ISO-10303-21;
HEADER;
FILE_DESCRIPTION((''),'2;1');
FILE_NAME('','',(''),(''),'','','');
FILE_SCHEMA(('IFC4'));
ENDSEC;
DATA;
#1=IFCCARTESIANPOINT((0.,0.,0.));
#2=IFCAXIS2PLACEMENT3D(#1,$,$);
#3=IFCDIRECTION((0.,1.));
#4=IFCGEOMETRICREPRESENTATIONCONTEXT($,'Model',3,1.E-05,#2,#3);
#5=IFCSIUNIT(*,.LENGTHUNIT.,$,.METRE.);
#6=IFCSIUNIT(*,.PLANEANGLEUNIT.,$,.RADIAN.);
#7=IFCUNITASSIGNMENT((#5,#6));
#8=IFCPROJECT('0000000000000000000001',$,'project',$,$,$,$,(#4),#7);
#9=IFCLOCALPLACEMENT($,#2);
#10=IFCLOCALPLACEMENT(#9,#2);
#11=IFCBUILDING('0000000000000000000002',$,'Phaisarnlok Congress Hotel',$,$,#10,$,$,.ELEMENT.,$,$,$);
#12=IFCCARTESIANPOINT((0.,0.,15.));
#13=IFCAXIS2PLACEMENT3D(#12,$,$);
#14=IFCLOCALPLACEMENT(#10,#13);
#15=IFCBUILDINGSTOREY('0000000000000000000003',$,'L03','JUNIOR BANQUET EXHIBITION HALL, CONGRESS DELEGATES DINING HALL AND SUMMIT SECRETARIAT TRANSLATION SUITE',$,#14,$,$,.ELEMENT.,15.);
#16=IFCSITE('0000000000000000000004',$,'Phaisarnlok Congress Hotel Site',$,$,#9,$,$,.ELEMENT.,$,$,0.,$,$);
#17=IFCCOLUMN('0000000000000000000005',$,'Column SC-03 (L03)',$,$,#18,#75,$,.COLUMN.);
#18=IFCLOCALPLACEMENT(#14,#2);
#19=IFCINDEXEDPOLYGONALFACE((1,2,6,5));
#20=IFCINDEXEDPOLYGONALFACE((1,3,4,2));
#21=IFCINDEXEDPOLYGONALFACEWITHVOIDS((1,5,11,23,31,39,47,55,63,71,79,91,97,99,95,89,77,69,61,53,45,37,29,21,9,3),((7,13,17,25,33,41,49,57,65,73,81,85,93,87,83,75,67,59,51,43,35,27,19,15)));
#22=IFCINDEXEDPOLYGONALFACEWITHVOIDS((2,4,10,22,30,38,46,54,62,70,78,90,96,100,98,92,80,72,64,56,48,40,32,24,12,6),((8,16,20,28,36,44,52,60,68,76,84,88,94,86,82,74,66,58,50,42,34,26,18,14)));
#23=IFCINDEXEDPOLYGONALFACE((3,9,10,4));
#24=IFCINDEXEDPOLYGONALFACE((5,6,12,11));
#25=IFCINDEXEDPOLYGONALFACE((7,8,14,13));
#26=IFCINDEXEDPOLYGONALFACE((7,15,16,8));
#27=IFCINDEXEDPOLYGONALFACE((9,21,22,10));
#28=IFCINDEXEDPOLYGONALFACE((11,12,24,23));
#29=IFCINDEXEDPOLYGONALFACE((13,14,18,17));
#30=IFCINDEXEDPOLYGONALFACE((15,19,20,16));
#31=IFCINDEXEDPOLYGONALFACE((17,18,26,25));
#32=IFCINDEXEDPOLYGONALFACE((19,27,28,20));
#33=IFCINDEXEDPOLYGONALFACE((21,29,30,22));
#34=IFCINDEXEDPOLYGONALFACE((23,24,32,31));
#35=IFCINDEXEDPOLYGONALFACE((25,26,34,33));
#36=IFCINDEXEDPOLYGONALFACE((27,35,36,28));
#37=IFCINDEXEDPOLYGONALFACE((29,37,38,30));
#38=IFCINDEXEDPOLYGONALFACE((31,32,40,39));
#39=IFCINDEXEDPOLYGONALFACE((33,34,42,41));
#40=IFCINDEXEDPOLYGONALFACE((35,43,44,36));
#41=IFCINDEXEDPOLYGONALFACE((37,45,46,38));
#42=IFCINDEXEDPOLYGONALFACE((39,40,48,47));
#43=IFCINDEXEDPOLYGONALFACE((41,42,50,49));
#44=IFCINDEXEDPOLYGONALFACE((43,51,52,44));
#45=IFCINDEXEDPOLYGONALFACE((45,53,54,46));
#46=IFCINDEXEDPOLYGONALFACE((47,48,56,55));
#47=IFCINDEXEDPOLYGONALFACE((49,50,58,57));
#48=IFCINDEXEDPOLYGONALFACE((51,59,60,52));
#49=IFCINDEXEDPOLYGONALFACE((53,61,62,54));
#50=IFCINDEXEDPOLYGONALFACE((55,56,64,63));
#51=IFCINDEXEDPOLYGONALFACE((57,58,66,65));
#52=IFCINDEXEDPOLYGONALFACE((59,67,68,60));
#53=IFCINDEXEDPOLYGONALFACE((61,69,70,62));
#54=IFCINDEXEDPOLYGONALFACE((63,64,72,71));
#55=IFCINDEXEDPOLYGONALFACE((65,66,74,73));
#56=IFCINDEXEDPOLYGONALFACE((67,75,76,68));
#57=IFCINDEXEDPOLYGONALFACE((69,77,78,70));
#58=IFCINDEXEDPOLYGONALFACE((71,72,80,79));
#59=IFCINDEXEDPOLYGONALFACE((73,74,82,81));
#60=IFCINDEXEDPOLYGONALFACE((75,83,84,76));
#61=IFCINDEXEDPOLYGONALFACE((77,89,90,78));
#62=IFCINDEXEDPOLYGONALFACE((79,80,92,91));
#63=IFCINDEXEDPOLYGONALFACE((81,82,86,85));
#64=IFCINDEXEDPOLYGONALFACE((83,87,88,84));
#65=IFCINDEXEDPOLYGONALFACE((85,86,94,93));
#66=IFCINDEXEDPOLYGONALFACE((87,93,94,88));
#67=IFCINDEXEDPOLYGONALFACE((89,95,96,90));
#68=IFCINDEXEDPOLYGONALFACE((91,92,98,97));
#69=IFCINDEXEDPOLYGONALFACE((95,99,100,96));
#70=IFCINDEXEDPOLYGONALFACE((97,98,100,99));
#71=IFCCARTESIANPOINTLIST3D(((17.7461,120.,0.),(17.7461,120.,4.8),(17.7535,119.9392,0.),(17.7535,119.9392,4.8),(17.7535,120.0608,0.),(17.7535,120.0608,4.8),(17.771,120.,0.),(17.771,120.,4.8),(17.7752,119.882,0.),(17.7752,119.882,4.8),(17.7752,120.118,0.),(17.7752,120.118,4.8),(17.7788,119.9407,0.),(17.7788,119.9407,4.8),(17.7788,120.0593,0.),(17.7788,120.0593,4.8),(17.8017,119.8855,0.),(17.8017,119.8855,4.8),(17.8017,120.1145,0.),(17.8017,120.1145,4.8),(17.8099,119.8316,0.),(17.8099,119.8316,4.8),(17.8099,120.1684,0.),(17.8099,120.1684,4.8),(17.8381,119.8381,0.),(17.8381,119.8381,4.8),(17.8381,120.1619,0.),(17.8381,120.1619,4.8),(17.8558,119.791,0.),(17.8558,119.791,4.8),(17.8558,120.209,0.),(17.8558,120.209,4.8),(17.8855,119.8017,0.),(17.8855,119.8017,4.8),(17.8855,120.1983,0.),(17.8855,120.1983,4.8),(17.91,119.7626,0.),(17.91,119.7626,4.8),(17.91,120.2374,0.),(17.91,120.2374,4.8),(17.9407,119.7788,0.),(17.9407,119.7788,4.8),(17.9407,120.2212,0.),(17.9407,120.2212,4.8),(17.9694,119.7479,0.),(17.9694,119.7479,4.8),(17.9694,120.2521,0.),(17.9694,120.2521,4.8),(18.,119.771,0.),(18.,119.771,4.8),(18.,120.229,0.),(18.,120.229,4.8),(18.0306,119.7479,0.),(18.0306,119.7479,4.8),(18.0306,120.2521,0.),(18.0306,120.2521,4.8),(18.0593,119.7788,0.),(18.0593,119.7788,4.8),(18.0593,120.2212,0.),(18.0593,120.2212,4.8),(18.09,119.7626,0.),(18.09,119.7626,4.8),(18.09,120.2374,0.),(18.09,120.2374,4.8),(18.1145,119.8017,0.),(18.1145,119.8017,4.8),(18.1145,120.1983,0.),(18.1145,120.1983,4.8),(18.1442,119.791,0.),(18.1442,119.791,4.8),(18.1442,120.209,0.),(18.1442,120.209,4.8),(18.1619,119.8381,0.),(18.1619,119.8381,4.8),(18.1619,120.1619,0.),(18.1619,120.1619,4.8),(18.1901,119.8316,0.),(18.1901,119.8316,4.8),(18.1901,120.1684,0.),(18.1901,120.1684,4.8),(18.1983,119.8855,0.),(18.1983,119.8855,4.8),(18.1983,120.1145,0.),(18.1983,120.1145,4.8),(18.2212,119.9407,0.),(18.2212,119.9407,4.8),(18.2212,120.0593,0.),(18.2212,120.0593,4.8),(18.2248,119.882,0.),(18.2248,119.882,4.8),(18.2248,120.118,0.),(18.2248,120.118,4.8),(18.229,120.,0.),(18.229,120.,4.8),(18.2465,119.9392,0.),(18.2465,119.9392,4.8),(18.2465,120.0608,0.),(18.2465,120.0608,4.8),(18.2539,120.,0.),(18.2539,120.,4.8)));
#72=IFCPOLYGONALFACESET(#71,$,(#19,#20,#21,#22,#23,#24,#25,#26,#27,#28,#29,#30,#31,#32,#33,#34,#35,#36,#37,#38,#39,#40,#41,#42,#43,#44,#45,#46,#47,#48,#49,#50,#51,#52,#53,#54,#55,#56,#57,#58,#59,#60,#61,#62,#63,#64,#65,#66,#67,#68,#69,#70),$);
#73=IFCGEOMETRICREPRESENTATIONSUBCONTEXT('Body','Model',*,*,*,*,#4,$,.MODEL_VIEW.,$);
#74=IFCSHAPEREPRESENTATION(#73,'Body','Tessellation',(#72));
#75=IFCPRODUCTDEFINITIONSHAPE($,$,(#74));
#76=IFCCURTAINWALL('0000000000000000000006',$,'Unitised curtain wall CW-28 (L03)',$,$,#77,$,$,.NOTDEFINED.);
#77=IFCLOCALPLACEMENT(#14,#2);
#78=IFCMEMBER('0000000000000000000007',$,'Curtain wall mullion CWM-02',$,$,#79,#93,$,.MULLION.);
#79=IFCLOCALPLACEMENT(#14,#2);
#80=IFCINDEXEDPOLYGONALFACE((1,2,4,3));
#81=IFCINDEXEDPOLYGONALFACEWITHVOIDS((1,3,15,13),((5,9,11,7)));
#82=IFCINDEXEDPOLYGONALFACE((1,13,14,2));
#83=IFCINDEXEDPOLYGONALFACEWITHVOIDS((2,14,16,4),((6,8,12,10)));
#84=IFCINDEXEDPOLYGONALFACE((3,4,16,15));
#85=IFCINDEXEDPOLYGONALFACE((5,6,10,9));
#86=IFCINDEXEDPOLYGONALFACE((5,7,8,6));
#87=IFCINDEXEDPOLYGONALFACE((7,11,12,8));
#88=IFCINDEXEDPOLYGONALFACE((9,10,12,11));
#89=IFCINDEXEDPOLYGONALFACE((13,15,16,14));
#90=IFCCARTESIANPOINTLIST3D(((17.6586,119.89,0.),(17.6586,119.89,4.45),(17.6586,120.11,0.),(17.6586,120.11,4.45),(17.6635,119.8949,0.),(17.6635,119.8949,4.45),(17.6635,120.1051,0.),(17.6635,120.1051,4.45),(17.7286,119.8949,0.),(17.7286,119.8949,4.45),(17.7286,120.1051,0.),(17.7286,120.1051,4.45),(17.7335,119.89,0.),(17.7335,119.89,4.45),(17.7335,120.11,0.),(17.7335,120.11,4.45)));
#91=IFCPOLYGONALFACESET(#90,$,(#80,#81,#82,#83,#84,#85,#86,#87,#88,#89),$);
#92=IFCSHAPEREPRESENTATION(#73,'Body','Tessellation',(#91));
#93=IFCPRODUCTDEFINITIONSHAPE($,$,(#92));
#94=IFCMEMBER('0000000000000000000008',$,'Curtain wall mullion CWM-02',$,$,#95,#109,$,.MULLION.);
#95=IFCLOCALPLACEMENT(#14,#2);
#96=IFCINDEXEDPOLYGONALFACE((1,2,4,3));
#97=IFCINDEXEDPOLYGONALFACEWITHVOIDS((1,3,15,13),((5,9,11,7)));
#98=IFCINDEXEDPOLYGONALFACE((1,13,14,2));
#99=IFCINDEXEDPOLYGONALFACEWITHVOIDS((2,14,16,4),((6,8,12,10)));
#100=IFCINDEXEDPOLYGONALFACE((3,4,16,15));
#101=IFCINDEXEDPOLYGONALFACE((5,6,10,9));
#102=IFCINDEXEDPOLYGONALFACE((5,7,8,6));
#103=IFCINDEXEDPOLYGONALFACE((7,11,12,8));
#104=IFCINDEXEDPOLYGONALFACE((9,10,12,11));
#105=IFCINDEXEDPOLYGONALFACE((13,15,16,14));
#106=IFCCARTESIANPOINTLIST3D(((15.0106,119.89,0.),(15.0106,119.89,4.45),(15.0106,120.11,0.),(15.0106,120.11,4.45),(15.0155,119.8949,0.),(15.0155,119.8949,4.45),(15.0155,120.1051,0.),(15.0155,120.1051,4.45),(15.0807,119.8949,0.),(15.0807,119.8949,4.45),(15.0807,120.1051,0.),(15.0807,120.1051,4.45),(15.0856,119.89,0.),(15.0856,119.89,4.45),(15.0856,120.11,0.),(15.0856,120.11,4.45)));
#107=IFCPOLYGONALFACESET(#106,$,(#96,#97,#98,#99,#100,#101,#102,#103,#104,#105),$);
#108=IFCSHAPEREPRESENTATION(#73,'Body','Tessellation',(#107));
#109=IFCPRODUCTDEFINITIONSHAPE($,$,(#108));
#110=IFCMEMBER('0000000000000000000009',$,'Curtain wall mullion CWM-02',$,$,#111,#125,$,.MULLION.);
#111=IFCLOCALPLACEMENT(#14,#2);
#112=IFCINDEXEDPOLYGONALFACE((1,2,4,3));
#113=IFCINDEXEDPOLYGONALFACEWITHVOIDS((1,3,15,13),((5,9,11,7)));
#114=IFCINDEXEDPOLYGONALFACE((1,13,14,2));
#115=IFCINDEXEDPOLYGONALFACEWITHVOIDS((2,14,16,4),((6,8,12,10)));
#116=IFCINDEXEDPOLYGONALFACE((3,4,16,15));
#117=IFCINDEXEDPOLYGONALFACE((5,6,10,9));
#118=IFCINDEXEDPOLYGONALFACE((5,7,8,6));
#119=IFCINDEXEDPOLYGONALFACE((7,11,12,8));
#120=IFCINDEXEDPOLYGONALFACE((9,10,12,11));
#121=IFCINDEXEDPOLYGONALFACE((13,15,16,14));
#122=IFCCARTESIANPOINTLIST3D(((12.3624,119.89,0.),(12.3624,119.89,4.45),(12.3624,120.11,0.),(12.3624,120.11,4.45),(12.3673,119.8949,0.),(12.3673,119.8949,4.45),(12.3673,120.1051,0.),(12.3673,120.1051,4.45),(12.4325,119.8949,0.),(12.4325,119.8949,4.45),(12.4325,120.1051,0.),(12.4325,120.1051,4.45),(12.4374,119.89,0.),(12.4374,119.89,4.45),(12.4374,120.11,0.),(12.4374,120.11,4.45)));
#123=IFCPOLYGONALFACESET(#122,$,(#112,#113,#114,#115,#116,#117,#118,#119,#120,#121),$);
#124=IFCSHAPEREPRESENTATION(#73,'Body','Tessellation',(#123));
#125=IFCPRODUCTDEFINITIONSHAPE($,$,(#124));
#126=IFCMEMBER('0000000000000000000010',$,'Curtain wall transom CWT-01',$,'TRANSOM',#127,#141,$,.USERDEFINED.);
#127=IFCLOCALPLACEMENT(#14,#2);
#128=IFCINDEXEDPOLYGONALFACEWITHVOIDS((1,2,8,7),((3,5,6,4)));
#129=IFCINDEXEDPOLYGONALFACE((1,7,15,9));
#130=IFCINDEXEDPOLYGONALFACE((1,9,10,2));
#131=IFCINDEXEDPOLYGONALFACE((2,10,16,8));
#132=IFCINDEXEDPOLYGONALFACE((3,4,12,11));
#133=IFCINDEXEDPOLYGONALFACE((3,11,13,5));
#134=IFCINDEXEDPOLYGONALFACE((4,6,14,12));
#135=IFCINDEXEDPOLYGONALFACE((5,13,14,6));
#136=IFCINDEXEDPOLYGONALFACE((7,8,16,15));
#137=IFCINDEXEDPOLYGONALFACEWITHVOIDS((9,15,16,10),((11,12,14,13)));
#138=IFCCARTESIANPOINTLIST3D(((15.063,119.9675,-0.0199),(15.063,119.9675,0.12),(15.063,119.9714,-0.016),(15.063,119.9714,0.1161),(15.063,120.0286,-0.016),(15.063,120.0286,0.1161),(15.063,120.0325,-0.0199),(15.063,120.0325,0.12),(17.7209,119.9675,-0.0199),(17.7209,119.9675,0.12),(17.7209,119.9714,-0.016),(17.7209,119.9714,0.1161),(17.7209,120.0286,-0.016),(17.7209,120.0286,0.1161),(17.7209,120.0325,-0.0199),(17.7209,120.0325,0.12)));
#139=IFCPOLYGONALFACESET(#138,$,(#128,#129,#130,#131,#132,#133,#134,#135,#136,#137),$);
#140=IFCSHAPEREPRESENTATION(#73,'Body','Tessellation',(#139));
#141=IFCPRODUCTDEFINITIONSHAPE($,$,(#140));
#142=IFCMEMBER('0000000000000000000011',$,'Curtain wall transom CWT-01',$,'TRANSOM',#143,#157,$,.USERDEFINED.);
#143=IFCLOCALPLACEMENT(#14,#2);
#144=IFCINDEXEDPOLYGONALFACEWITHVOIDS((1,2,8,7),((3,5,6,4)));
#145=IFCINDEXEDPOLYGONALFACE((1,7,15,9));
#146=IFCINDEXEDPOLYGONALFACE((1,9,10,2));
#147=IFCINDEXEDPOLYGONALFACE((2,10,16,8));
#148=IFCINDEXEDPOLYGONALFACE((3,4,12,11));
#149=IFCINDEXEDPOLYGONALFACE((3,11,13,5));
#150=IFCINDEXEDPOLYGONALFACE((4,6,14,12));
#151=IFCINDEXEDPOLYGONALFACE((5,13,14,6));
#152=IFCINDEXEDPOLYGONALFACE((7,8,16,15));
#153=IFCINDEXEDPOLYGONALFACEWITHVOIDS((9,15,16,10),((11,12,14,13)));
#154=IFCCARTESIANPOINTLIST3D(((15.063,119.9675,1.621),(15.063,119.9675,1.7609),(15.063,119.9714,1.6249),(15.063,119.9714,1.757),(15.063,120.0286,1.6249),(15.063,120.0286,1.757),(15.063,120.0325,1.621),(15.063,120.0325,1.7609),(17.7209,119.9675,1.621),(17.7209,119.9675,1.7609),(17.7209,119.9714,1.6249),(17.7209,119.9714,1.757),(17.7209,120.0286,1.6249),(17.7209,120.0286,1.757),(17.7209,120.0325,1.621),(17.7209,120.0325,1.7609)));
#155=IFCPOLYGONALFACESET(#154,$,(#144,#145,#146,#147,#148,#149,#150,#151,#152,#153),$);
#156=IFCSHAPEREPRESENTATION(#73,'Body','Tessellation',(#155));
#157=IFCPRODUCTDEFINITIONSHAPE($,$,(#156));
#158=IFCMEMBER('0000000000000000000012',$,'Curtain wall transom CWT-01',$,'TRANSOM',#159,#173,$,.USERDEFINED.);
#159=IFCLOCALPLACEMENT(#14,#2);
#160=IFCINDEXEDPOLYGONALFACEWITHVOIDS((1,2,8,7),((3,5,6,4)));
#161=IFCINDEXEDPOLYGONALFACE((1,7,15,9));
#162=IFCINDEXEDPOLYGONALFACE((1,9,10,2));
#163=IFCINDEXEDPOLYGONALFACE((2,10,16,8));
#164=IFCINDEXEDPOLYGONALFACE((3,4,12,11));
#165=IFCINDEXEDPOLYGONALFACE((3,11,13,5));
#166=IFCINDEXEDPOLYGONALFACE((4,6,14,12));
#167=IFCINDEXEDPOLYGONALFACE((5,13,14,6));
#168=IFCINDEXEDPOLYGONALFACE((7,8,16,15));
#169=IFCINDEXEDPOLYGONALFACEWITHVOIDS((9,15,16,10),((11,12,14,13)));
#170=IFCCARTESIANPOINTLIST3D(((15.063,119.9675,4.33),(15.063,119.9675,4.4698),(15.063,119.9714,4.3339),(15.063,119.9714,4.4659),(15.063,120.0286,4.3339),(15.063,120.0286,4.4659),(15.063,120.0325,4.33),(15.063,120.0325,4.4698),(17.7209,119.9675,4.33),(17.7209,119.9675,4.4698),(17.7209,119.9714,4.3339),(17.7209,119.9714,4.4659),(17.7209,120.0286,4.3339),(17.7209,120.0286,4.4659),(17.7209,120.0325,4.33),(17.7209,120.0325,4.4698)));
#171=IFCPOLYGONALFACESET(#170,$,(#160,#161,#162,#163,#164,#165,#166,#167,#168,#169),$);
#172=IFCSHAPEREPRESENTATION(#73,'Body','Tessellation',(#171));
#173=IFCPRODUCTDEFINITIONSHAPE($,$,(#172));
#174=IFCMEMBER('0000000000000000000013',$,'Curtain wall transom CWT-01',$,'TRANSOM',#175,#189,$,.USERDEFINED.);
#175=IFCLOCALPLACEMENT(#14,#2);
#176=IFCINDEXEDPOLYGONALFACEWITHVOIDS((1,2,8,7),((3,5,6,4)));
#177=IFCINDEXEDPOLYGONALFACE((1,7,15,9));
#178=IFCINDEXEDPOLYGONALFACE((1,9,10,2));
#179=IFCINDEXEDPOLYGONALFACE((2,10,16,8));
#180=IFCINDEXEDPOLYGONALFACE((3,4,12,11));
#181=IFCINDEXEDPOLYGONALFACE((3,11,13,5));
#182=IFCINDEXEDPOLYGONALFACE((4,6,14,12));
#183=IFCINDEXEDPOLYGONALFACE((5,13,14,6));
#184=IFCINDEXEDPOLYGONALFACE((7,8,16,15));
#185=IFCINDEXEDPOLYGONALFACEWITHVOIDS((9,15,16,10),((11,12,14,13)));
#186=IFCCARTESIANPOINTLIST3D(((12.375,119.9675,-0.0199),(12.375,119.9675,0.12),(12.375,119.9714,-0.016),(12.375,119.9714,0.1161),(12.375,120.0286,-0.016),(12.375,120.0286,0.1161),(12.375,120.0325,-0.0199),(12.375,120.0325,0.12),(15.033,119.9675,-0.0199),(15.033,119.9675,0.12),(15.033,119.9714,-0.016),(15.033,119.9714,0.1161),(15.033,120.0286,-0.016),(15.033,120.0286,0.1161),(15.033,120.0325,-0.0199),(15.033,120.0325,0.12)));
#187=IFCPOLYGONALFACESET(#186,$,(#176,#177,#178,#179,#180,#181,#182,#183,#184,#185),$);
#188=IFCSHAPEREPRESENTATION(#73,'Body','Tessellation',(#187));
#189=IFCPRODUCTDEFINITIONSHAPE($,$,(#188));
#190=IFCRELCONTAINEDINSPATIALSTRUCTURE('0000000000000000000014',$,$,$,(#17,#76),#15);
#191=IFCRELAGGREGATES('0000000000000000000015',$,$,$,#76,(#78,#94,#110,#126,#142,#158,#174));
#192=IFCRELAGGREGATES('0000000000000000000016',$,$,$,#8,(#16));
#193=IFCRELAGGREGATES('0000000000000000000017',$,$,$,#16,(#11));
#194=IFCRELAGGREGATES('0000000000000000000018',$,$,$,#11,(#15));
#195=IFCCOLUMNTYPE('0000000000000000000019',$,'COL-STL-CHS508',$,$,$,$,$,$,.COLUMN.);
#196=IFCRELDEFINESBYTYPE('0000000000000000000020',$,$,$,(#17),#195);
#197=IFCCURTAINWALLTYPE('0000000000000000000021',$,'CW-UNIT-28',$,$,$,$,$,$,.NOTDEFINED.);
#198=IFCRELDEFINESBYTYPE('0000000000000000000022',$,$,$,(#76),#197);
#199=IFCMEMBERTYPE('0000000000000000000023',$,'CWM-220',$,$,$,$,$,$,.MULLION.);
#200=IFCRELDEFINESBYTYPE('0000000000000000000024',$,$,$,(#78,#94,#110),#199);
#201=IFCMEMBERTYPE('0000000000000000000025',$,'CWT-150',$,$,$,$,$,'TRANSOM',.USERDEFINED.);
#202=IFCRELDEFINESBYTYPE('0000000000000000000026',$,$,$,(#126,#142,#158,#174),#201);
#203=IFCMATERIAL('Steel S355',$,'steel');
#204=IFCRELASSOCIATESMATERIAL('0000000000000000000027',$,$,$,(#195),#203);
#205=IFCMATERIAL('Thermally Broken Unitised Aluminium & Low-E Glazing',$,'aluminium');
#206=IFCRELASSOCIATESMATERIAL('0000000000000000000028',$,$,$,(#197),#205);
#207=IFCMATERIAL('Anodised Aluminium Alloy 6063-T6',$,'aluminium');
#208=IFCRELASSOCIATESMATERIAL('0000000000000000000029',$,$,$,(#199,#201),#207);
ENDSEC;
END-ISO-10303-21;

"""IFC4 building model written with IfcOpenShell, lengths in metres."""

from ifc_helpers import new_model, si_unit, direction, frame, origin, origin_2d, place, context, subcontext, project, spatial, hollow_rectangle, hollow_circle, extrude, material, material_profile, profile_set, type_object, element, aggregate, save


model = new_model("IFC4")

# Units and contexts
model_context = context("Model", 3, precision=1e-05, world=origin(), true_north=direction((0.0, 1.0)))
body_context = subcontext(model_context, "Body", "Model", "MODEL_VIEW")
ifc_project = project(units=[si_unit("LENGTHUNIT", "METRE"), si_unit("PLANEANGLEUNIT", "RADIAN")], contexts=[model_context])

# Site, building, storey
site_placement = place(None, origin())
site = spatial("IfcSite", under=ifc_project, at=site_placement, Name="Phaisarnlok Congress Hotel Site", CompositionType="ELEMENT", RefElevation=0.0)
building_placement = place(site_placement, origin())
building = spatial("IfcBuilding", under=site, at=building_placement, Name="Phaisarnlok Congress Hotel", CompositionType="ELEMENT")
storey_placement = place(building_placement, frame((0.0, 0.0, 15.0)))
storey = spatial("IfcBuildingStorey", under=building, at=storey_placement, Name="L03", Description="JUNIOR BANQUET EXHIBITION HALL, CONGRESS DELEGATES DINING HALL AND SUMMIT SECRETARIAT TRANSLATION SUITE", CompositionType="ELEMENT", Elevation=15.0)

# Column
ifc_material_1 = material(Name="Steel S355", Category="steel")
ifc_material_profile_1 = material_profile(ifc_material_1, hollow_circle(Radius=0.2539, WallThickness=0.0249, at=origin_2d()), Name="CHS 508x25")
ifc_profile_set_1 = profile_set([ifc_material_profile_1], Name="Steel S355")
column_type = type_object("IfcColumnType", Name="COL-STL-CHS508", PredefinedType="COLUMN", material=ifc_profile_set_1)
column_placement = place(storey_placement, frame((18.0, 120.0, 0.0), z_axis=(0.0, 0.0, 1.0), x_axis=(1.0, 0.0, 0.0)))
element("IfcColumn", 1, at=column_placement, inside=storey, type_object=column_type, Name="Column SC-03 (L03)", PredefinedType="COLUMN", context=body_context, shape_type="SweptSolid", body=[
    extrude(hollow_circle(Radius=0.2539, WallThickness=0.0249, at=origin_2d()), origin(), (0.0, 0.0, 1.0), 4.8),
])

# Curtain wall, members
ifc_material_2 = material(Name="Thermally Broken Unitised Aluminium & Low-E Glazing", Category="aluminium")
curtain_wall_type = type_object("IfcCurtainWallType", Name="CW-UNIT-28", PredefinedType="NOTDEFINED", material=ifc_material_2)
curtain_wall_placement = place(storey_placement, origin())
curtain_wall = element("IfcCurtainWall", 2, at=curtain_wall_placement, inside=storey, type_object=curtain_wall_type, Name="Unitised curtain wall CW-28 (L03)", PredefinedType="NOTDEFINED")
ifc_material_3 = material(Name="Anodised Aluminium Alloy 6063-T6", Category="aluminium")
ifc_material_profile_2 = material_profile(ifc_material_3, hollow_rectangle(XDim=0.075, YDim=0.22, WallThickness=0.0049, at=origin_2d()), Name="ALU-M 75x220x5")
ifc_profile_set_2 = profile_set([ifc_material_profile_2], Name="Anodised Aluminium Alloy 6063-T6")
member_type_1 = type_object("IfcMemberType", Name="CWM-220", PredefinedType="MULLION", material=ifc_profile_set_2)
member_1_placement = place(storey_placement, frame((17.696, 120.0, 0.0), z_axis=(0.0, 0.0, 1.0), x_axis=(-1.0, 0.0, 0.0)))
member_1 = element("IfcMember", 3, at=member_1_placement, type_object=member_type_1, Name="Curtain wall mullion CWM-02", PredefinedType="MULLION", context=body_context, shape_type="SweptSolid", body=[
    extrude(hollow_rectangle(XDim=0.075, YDim=0.22, WallThickness=0.0049, at=origin_2d()), origin(), (0.0, 0.0, 1.0), 4.45),
])
member_2_placement = place(storey_placement, frame((15.0481, 120.0, 0.0), z_axis=(0.0, 0.0, 1.0), x_axis=(-1.0, 0.0, 0.0)))
member_2 = element("IfcMember", 4, at=member_2_placement, type_object=member_type_1, Name="Curtain wall mullion CWM-02", PredefinedType="MULLION", context=body_context, shape_type="SweptSolid", body=[
    extrude(hollow_rectangle(XDim=0.075, YDim=0.22, WallThickness=0.0049, at=origin_2d()), origin(), (0.0, 0.0, 1.0), 4.45),
])
member_3_placement = place(storey_placement, frame((12.3999, 120.0, 0.0), z_axis=(0.0, 0.0, 1.0), x_axis=(-1.0, 0.0, 0.0)))
member_3 = element("IfcMember", 5, at=member_3_placement, type_object=member_type_1, Name="Curtain wall mullion CWM-02", PredefinedType="MULLION", context=body_context, shape_type="SweptSolid", body=[
    extrude(hollow_rectangle(XDim=0.075, YDim=0.22, WallThickness=0.0049, at=origin_2d()), origin(), (0.0, 0.0, 1.0), 4.45),
])
ifc_material_profile_3 = material_profile(ifc_material_3, hollow_rectangle(XDim=0.0649, YDim=0.1399, WallThickness=0.0039, at=origin_2d()), Name="ALU-T 65x140x4")
ifc_profile_set_3 = profile_set([ifc_material_profile_3], Name="Anodised Aluminium Alloy 6063-T6")
member_type_2 = type_object("IfcMemberType", Name="CWT-150", ElementType="TRANSOM", PredefinedType="USERDEFINED", material=ifc_profile_set_3)
member_4_placement = place(storey_placement, frame((17.7209, 120.0, 0.05), z_axis=(-1.0, 0.0, 0.0), x_axis=(0.0, -1.0, 0.0)))
member_4 = element("IfcMember", 6, at=member_4_placement, type_object=member_type_2, Name="Curtain wall transom CWT-01", ObjectType="TRANSOM", PredefinedType="USERDEFINED", context=body_context, shape_type="SweptSolid", body=[
    extrude(hollow_rectangle(XDim=0.0649, YDim=0.1399, WallThickness=0.0039, at=origin_2d()), origin(), (0.0, 0.0, 1.0), 2.658),
])
member_5_placement = place(storey_placement, frame((17.7209, 120.0, 1.6909), z_axis=(-1.0, 0.0, 0.0), x_axis=(0.0, -1.0, 0.0)))
member_5 = element("IfcMember", 7, at=member_5_placement, type_object=member_type_2, Name="Curtain wall transom CWT-01", ObjectType="TRANSOM", PredefinedType="USERDEFINED", context=body_context, shape_type="SweptSolid", body=[
    extrude(hollow_rectangle(XDim=0.0649, YDim=0.1399, WallThickness=0.0039, at=origin_2d()), origin(), (0.0, 0.0, 1.0), 2.658),
])
member_6_placement = place(storey_placement, frame((17.7209, 120.0, 4.3999), z_axis=(-1.0, 0.0, 0.0), x_axis=(0.0, -1.0, 0.0)))
member_6 = element("IfcMember", 8, at=member_6_placement, type_object=member_type_2, Name="Curtain wall transom CWT-01", ObjectType="TRANSOM", PredefinedType="USERDEFINED", context=body_context, shape_type="SweptSolid", body=[
    extrude(hollow_rectangle(XDim=0.0649, YDim=0.1399, WallThickness=0.0039, at=origin_2d()), origin(), (0.0, 0.0, 1.0), 2.658),
])
member_7_placement = place(storey_placement, frame((15.033, 120.0, 0.05), z_axis=(-1.0, 0.0, 0.0), x_axis=(0.0, -1.0, 0.0)))
member_7 = element("IfcMember", 9, at=member_7_placement, type_object=member_type_2, Name="Curtain wall transom CWT-01", ObjectType="TRANSOM", PredefinedType="USERDEFINED", context=body_context, shape_type="SweptSolid", body=[
    extrude(hollow_rectangle(XDim=0.0649, YDim=0.1399, WallThickness=0.0039, at=origin_2d()), origin(), (0.0, 0.0, 1.0), 2.658),
])

aggregate(curtain_wall, [member_1, member_2, member_3, member_4, member_5, member_6, member_7])

save(model, "model.ifc")
